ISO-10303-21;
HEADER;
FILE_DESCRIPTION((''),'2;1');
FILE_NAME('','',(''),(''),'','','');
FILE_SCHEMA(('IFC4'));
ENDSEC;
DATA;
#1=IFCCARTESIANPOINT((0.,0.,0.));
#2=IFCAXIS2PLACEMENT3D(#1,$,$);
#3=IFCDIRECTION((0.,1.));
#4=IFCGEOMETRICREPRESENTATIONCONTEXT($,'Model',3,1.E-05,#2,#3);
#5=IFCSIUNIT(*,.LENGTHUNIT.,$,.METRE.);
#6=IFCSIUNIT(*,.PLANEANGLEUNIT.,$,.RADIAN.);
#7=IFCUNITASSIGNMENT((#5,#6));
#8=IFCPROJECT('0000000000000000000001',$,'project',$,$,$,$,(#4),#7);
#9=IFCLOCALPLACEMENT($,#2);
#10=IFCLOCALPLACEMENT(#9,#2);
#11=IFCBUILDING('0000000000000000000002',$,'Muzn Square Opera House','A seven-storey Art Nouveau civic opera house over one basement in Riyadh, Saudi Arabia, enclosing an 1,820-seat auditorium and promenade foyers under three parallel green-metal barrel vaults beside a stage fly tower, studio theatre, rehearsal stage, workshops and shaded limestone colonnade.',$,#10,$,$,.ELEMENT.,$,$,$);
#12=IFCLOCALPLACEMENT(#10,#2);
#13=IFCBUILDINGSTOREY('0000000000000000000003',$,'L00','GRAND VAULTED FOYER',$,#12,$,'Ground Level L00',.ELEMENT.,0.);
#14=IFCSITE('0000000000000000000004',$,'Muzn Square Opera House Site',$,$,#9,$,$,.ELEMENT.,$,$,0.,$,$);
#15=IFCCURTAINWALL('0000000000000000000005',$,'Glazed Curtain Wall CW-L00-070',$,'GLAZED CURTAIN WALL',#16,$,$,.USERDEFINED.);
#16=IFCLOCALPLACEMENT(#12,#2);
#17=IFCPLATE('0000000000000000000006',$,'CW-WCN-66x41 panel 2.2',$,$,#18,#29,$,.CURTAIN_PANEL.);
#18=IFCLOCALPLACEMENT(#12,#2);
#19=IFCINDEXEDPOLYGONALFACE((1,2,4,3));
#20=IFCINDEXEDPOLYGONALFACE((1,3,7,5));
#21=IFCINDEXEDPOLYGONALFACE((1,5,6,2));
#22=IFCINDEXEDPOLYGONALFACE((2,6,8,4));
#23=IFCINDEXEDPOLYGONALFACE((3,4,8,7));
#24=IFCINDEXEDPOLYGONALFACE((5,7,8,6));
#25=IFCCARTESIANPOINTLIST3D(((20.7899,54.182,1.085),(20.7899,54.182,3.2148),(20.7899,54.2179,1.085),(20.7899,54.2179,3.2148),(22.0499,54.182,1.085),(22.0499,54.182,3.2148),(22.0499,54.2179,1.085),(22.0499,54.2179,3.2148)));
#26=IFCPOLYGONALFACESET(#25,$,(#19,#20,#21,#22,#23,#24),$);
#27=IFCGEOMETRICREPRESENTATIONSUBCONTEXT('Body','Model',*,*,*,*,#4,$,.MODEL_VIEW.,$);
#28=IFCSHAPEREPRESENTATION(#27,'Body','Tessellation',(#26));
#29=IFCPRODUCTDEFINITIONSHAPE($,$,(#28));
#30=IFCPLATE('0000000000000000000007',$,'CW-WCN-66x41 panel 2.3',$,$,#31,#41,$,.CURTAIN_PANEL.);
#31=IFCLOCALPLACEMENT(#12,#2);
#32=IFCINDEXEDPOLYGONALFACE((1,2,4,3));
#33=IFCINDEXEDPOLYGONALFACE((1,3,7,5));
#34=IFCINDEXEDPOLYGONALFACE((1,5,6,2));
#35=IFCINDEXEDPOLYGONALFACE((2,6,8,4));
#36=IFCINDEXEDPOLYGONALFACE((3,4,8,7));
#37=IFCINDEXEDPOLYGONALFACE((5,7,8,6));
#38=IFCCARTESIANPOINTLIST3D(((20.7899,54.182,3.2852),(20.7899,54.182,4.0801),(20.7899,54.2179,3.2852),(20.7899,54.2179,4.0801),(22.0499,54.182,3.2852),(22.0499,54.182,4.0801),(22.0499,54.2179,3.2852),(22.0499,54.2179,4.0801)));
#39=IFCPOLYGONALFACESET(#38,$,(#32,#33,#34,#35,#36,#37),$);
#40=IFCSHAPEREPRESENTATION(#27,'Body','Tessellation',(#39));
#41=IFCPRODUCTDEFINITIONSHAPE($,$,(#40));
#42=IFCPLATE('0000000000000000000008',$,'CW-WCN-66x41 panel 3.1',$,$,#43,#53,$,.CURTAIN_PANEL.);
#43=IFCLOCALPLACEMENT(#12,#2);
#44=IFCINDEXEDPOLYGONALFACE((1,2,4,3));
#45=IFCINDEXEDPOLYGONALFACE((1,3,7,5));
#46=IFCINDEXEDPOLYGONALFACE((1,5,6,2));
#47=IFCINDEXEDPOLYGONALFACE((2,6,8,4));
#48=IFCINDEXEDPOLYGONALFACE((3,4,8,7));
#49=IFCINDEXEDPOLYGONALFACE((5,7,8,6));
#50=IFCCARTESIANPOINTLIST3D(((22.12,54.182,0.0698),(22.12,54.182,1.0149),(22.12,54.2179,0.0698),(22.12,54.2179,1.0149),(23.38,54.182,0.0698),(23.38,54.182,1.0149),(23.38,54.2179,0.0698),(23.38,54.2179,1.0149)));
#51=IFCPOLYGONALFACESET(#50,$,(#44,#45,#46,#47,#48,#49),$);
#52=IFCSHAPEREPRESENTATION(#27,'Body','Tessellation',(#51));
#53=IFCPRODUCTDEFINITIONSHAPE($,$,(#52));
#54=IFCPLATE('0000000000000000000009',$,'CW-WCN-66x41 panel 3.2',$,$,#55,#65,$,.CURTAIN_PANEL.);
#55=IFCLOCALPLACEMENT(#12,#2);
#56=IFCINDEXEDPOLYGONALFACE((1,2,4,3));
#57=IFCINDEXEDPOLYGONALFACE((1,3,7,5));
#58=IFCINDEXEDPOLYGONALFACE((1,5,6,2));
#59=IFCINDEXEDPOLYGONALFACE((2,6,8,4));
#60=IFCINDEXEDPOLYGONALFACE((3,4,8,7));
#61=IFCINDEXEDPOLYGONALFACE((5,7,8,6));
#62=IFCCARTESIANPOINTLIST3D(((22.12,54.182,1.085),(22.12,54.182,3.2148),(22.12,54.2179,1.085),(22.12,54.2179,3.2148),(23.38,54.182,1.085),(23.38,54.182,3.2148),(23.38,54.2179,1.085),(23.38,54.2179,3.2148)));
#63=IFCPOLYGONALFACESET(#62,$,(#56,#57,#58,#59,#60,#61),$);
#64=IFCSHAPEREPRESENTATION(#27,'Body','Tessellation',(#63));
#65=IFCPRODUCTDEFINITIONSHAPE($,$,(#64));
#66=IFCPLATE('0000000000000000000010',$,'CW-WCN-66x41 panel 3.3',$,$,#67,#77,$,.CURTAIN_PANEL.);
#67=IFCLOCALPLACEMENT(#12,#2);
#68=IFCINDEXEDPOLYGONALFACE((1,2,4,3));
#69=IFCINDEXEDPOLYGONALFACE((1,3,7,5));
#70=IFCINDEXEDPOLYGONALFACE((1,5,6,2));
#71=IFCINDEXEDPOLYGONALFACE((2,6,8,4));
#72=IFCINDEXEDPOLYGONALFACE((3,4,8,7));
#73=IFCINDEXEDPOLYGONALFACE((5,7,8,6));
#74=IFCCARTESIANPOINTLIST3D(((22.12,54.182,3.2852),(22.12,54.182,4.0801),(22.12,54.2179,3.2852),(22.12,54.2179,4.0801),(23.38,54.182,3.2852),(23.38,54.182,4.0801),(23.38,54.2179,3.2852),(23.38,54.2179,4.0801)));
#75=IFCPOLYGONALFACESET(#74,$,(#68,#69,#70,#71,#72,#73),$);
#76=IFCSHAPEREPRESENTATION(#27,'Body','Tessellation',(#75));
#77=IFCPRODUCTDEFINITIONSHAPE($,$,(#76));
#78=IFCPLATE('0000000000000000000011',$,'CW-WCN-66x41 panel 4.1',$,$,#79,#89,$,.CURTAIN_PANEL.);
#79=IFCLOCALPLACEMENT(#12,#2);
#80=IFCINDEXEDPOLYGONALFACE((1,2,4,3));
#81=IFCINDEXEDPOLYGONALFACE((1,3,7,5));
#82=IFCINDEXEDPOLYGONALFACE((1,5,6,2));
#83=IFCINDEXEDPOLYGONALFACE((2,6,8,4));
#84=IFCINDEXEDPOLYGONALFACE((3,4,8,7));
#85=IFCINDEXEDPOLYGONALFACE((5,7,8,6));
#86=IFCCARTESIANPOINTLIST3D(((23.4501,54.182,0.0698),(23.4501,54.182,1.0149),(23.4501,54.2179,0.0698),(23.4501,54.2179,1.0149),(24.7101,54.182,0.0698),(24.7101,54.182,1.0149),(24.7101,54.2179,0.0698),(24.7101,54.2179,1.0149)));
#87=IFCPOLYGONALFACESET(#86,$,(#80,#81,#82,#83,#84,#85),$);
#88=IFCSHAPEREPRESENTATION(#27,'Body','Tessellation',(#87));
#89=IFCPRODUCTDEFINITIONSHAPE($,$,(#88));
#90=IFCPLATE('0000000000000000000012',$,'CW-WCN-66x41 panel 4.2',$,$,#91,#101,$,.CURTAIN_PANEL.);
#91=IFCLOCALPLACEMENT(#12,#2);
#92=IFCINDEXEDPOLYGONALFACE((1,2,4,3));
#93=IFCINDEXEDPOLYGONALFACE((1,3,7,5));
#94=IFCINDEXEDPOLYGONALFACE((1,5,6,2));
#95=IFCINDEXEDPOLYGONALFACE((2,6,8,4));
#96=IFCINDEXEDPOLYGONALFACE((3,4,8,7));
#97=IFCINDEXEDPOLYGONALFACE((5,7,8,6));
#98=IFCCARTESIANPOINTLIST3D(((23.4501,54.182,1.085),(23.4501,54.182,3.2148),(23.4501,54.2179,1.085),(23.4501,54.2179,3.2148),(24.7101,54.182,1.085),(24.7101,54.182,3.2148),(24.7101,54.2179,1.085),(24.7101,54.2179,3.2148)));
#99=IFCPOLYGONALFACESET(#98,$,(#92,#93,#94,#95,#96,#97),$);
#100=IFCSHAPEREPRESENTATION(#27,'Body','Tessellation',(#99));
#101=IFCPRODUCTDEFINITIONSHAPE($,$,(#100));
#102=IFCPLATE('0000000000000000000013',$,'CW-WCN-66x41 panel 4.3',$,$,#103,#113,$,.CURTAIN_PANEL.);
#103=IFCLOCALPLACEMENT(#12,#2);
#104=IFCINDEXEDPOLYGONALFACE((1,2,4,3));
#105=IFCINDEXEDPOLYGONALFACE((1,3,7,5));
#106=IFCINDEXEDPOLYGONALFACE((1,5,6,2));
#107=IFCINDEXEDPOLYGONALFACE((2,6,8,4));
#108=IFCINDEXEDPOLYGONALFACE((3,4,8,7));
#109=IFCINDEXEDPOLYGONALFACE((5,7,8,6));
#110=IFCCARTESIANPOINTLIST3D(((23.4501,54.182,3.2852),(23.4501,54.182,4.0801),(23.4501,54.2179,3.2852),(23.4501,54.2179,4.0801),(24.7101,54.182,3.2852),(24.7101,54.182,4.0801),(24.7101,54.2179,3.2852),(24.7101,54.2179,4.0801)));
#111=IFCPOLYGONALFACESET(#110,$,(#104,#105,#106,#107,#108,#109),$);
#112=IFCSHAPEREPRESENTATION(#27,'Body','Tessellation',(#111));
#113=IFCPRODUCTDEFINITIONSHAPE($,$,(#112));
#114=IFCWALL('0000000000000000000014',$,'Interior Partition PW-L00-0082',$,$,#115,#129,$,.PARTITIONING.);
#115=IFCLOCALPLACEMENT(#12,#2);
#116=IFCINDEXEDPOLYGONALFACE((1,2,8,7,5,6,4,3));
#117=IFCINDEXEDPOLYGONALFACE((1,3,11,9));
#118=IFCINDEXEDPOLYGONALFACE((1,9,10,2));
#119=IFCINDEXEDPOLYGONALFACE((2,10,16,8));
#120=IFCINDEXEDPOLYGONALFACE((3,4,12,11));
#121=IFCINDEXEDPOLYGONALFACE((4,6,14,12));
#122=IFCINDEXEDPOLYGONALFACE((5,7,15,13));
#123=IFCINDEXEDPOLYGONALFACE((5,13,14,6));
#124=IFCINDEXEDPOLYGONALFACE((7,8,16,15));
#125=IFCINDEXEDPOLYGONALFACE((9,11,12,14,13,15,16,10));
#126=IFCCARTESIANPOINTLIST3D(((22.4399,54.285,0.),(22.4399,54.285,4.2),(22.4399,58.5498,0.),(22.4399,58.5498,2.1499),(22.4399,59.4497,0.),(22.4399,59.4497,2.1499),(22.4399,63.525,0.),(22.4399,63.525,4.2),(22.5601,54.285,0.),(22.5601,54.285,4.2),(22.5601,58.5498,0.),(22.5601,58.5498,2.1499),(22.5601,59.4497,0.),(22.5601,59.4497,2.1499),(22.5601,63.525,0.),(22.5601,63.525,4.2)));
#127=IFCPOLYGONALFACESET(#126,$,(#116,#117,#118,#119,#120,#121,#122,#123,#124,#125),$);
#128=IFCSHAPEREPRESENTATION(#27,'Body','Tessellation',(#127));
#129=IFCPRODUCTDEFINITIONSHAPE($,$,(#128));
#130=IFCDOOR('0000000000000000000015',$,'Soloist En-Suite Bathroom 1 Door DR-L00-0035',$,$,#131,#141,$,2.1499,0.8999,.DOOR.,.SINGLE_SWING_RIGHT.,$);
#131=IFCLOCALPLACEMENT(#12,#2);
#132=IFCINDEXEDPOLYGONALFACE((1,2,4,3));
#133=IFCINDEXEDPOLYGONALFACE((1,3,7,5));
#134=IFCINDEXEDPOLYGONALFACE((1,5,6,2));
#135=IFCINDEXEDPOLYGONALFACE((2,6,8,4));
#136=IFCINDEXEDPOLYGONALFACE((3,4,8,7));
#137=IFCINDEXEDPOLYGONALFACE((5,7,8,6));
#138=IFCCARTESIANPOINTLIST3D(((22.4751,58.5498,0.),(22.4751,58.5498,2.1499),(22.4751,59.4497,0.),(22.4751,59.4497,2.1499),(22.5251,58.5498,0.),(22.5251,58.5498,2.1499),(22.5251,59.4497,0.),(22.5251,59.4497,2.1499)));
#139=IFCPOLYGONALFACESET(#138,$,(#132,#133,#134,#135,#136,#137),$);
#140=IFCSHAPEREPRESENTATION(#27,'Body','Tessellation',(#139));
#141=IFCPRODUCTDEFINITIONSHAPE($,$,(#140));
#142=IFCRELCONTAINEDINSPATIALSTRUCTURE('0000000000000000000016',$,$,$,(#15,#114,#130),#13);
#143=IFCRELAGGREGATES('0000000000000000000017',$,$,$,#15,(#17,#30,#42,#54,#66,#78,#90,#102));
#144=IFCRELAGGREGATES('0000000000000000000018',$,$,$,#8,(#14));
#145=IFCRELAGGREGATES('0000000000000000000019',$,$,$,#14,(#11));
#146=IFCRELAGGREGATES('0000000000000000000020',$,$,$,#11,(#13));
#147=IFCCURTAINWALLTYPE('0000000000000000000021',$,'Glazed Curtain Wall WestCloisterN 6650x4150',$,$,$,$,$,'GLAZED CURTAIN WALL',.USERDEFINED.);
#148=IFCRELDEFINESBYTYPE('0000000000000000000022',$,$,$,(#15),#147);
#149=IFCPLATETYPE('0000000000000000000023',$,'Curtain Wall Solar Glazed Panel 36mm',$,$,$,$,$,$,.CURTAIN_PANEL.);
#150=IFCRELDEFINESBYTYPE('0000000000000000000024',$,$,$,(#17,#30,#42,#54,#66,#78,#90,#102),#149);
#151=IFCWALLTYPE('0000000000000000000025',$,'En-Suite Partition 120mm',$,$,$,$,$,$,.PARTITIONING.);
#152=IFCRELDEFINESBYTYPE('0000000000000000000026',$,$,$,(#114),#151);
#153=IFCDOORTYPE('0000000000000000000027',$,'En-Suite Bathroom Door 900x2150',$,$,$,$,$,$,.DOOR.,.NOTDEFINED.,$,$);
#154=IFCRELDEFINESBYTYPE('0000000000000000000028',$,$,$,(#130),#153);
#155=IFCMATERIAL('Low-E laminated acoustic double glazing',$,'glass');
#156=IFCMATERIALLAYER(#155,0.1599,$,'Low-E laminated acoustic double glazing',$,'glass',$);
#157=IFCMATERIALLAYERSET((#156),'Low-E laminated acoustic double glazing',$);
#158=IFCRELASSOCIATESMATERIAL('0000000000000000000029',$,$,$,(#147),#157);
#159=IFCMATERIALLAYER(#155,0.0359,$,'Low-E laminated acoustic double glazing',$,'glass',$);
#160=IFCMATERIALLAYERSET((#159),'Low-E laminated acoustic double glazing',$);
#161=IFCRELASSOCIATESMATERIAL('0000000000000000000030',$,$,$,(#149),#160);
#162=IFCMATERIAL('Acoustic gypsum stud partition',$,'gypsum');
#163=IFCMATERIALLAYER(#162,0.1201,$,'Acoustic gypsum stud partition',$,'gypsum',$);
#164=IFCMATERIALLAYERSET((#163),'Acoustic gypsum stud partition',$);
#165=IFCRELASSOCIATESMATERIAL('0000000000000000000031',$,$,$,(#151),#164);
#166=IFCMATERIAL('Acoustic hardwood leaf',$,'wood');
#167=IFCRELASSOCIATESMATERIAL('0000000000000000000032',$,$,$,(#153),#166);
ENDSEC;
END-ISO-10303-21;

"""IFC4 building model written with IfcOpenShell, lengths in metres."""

from ifc_helpers import new_model, si_unit, direction, frame, frame_2d, origin, origin_2d, place, context, subcontext, project, spatial, rectangle, extrude, material, layer, layer_set, type_object, element, fill, aggregate, save


model = new_model("IFC4")

# Units and contexts
model_context = context("Model", 3, precision=1e-05, world=origin(), true_north=direction((0.0, 1.0)))
body_context = subcontext(model_context, "Body", "Model", "MODEL_VIEW")
ifc_project = project(units=[si_unit("LENGTHUNIT", "METRE"), si_unit("PLANEANGLEUNIT", "RADIAN")], contexts=[model_context])

# Site, building, storey
site_placement = place(None, origin())
site = spatial("IfcSite", under=ifc_project, at=site_placement, Name="Muzn Square Opera House Site", CompositionType="ELEMENT", RefElevation=0.0)
building_placement = place(site_placement, origin())
building = spatial("IfcBuilding", under=site, at=building_placement, Name="Muzn Square Opera House", Description="A seven-storey Art Nouveau civic opera house over one basement in Riyadh, Saudi Arabia, enclosing an 1,820-seat auditorium and promenade foyers under three parallel green-metal barrel vaults beside a stage fly tower, studio theatre, rehearsal stage, workshops and shaded limestone colonnade.", CompositionType="ELEMENT")
storey_placement = place(building_placement, origin())
storey = spatial("IfcBuildingStorey", under=building, at=storey_placement, Name="L00", Description="GRAND VAULTED FOYER", LongName="Ground Level L00", CompositionType="ELEMENT", Elevation=0.0)

# Curtain wall, plates
ifc_material_1 = material(Name="Low-E laminated acoustic double glazing", Category="glass")
ifc_layer_1 = layer(ifc_material_1, 0.1599, Name="Low-E laminated acoustic double glazing", Category="glass")
ifc_layer_set_1 = layer_set([ifc_layer_1], Name="Low-E laminated acoustic double glazing")
curtain_wall_type = type_object("IfcCurtainWallType", Name="Glazed Curtain Wall WestCloisterN 6650x4150", ElementType="GLAZED CURTAIN WALL", PredefinedType="USERDEFINED", material=ifc_layer_set_1)
curtain_wall_placement = place(storey_placement, origin())
curtain_wall = element("IfcCurtainWall", 1, at=curtain_wall_placement, inside=storey, type_object=curtain_wall_type, Name="Glazed Curtain Wall CW-L00-070", ObjectType="GLAZED CURTAIN WALL", PredefinedType="USERDEFINED")
ifc_layer_2 = layer(ifc_material_1, 0.0359, Name="Low-E laminated acoustic double glazing", Category="glass")
ifc_layer_set_2 = layer_set([ifc_layer_2], Name="Low-E laminated acoustic double glazing")
plate_type = type_object("IfcPlateType", Name="Curtain Wall Solar Glazed Panel 36mm", PredefinedType="CURTAIN_PANEL", material=ifc_layer_set_2)
plate_1_placement = place(storey_placement, frame((21.4199, 54.2, 1.085), z_axis=(0.0, 0.0, 1.0), x_axis=(1.0, 0.0, 0.0)))
plate_1 = element("IfcPlate", 2, at=plate_1_placement, type_object=plate_type, Name="CW-WCN-66x41 panel 2.2", PredefinedType="CURTAIN_PANEL", context=body_context, shape_type="SweptSolid", body=[
    extrude(rectangle(XDim=1.26, YDim=0.0359, at=origin_2d()), origin(), (0.0, 0.0, 1.0), 2.1299),
])
plate_2_placement = place(storey_placement, frame((21.4199, 54.2, 3.2852), z_axis=(0.0, 0.0, 1.0), x_axis=(1.0, 0.0, 0.0)))
plate_2 = element("IfcPlate", 3, at=plate_2_placement, type_object=plate_type, Name="CW-WCN-66x41 panel 2.3", PredefinedType="CURTAIN_PANEL", context=body_context, shape_type="SweptSolid", body=[
    extrude(rectangle(XDim=1.26, YDim=0.0359, at=origin_2d()), origin(), (0.0, 0.0, 1.0), 0.7949),
])
plate_3_placement = place(storey_placement, frame((22.75, 54.2, 0.0698), z_axis=(0.0, 0.0, 1.0), x_axis=(1.0, 0.0, 0.0)))
plate_3 = element("IfcPlate", 4, at=plate_3_placement, type_object=plate_type, Name="CW-WCN-66x41 panel 3.1", PredefinedType="CURTAIN_PANEL", context=body_context, shape_type="SweptSolid", body=[
    extrude(rectangle(XDim=1.26, YDim=0.0359, at=origin_2d()), origin(), (0.0, 0.0, 1.0), 0.9451),
])
plate_4_placement = place(storey_placement, frame((22.75, 54.2, 1.085), z_axis=(0.0, 0.0, 1.0), x_axis=(1.0, 0.0, 0.0)))
plate_4 = element("IfcPlate", 5, at=plate_4_placement, type_object=plate_type, Name="CW-WCN-66x41 panel 3.2", PredefinedType="CURTAIN_PANEL", context=body_context, shape_type="SweptSolid", body=[
    extrude(rectangle(XDim=1.26, YDim=0.0359, at=origin_2d()), origin(), (0.0, 0.0, 1.0), 2.1299),
])
plate_5_placement = place(storey_placement, frame((22.75, 54.2, 3.2852), z_axis=(0.0, 0.0, 1.0), x_axis=(1.0, 0.0, 0.0)))
plate_5 = element("IfcPlate", 6, at=plate_5_placement, type_object=plate_type, Name="CW-WCN-66x41 panel 3.3", PredefinedType="CURTAIN_PANEL", context=body_context, shape_type="SweptSolid", body=[
    extrude(rectangle(XDim=1.26, YDim=0.0359, at=origin_2d()), origin(), (0.0, 0.0, 1.0), 0.7949),
])
plate_6_placement = place(storey_placement, frame((24.0801, 54.2, 0.0698), z_axis=(0.0, 0.0, 1.0), x_axis=(1.0, 0.0, 0.0)))
plate_6 = element("IfcPlate", 7, at=plate_6_placement, type_object=plate_type, Name="CW-WCN-66x41 panel 4.1", PredefinedType="CURTAIN_PANEL", context=body_context, shape_type="SweptSolid", body=[
    extrude(rectangle(XDim=1.26, YDim=0.0359, at=origin_2d()), origin(), (0.0, 0.0, 1.0), 0.9451),
])
plate_7_placement = place(storey_placement, frame((24.0801, 54.2, 1.085), z_axis=(0.0, 0.0, 1.0), x_axis=(1.0, 0.0, 0.0)))
plate_7 = element("IfcPlate", 8, at=plate_7_placement, type_object=plate_type, Name="CW-WCN-66x41 panel 4.2", PredefinedType="CURTAIN_PANEL", context=body_context, shape_type="SweptSolid", body=[
    extrude(rectangle(XDim=1.26, YDim=0.0359, at=origin_2d()), origin(), (0.0, 0.0, 1.0), 2.1299),
])
plate_8_placement = place(storey_placement, frame((24.0801, 54.2, 3.2852), z_axis=(0.0, 0.0, 1.0), x_axis=(1.0, 0.0, 0.0)))
plate_8 = element("IfcPlate", 9, at=plate_8_placement, type_object=plate_type, Name="CW-WCN-66x41 panel 4.3", PredefinedType="CURTAIN_PANEL", context=body_context, shape_type="SweptSolid", body=[
    extrude(rectangle(XDim=1.26, YDim=0.0359, at=origin_2d()), origin(), (0.0, 0.0, 1.0), 0.7949),
])
aggregate(curtain_wall, [plate_1, plate_2, plate_3, plate_4, plate_5, plate_6, plate_7, plate_8])

# Wall, opening, door
ifc_material_2 = material(Name="Acoustic gypsum stud partition", Category="gypsum")
ifc_layer_3 = layer(ifc_material_2, 0.1201, Name="Acoustic gypsum stud partition", Category="gypsum")
ifc_layer_set_3 = layer_set([ifc_layer_3], Name="Acoustic gypsum stud partition")
wall_type = type_object("IfcWallType", Name="En-Suite Partition 120mm", PredefinedType="PARTITIONING", material=ifc_layer_set_3)
wall_placement = place(storey_placement, frame((22.5, 54.2849, 0.0), z_axis=(0.0, 0.0, 1.0), x_axis=(0.0, 1.0, 0.0)))
wall = element("IfcWall", 10, at=wall_placement, inside=storey, type_object=wall_type, Name="Interior Partition PW-L00-0082", PredefinedType="PARTITIONING", context=body_context, shape_type="SweptSolid", body=[
    extrude(rectangle(XDim=9.24, YDim=0.1201, at=frame_2d((4.6201, 0.0))), origin(), (0.0, 0.0, 1.0), 4.2),
])
opening_placement = place(wall_placement, frame((4.2649, 0.0, 0.0)))
opening = element("IfcOpeningElement", 11, at=opening_placement, cuts=wall, PredefinedType="OPENING", context=body_context, shape_type="SweptSolid", body=[
    extrude(rectangle(XDim=0.8999, YDim=2.1499, at=frame_2d((0.45, 1.075))), frame((0.0, 0.0701, 0.0), z_axis=(0.0, -1.0, 0.0), x_axis=(1.0, 0.0, 0.0)), (0.0, 0.0, 1.0), 0.1401),
])
ifc_material_3 = material(Name="Acoustic hardwood leaf", Category="wood")
door_type = type_object("IfcDoorType", Name="En-Suite Bathroom Door 900x2150", OperationType="NOTDEFINED", PredefinedType="DOOR", material=ifc_material_3)
door_placement = place(opening_placement, origin())
door = element("IfcDoor", 12, at=door_placement, inside=storey, type_object=door_type, Name="Soloist En-Suite Bathroom 1 Door DR-L00-0035", OperationType="SINGLE_SWING_RIGHT", OverallHeight=2.1499, OverallWidth=0.8999, PredefinedType="DOOR", context=body_context, shape_type="SweptSolid", body=[
    extrude(rectangle(XDim=0.8999, YDim=2.1499, at=frame_2d((0.45, 1.075))), frame((0.0, 0.0249, 0.0), z_axis=(0.0, -1.0, 0.0), x_axis=(1.0, 0.0, 0.0)), (0.0, 0.0, 1.0), 0.05),
])
fill(opening, door)

save(model, "model.ifc")
